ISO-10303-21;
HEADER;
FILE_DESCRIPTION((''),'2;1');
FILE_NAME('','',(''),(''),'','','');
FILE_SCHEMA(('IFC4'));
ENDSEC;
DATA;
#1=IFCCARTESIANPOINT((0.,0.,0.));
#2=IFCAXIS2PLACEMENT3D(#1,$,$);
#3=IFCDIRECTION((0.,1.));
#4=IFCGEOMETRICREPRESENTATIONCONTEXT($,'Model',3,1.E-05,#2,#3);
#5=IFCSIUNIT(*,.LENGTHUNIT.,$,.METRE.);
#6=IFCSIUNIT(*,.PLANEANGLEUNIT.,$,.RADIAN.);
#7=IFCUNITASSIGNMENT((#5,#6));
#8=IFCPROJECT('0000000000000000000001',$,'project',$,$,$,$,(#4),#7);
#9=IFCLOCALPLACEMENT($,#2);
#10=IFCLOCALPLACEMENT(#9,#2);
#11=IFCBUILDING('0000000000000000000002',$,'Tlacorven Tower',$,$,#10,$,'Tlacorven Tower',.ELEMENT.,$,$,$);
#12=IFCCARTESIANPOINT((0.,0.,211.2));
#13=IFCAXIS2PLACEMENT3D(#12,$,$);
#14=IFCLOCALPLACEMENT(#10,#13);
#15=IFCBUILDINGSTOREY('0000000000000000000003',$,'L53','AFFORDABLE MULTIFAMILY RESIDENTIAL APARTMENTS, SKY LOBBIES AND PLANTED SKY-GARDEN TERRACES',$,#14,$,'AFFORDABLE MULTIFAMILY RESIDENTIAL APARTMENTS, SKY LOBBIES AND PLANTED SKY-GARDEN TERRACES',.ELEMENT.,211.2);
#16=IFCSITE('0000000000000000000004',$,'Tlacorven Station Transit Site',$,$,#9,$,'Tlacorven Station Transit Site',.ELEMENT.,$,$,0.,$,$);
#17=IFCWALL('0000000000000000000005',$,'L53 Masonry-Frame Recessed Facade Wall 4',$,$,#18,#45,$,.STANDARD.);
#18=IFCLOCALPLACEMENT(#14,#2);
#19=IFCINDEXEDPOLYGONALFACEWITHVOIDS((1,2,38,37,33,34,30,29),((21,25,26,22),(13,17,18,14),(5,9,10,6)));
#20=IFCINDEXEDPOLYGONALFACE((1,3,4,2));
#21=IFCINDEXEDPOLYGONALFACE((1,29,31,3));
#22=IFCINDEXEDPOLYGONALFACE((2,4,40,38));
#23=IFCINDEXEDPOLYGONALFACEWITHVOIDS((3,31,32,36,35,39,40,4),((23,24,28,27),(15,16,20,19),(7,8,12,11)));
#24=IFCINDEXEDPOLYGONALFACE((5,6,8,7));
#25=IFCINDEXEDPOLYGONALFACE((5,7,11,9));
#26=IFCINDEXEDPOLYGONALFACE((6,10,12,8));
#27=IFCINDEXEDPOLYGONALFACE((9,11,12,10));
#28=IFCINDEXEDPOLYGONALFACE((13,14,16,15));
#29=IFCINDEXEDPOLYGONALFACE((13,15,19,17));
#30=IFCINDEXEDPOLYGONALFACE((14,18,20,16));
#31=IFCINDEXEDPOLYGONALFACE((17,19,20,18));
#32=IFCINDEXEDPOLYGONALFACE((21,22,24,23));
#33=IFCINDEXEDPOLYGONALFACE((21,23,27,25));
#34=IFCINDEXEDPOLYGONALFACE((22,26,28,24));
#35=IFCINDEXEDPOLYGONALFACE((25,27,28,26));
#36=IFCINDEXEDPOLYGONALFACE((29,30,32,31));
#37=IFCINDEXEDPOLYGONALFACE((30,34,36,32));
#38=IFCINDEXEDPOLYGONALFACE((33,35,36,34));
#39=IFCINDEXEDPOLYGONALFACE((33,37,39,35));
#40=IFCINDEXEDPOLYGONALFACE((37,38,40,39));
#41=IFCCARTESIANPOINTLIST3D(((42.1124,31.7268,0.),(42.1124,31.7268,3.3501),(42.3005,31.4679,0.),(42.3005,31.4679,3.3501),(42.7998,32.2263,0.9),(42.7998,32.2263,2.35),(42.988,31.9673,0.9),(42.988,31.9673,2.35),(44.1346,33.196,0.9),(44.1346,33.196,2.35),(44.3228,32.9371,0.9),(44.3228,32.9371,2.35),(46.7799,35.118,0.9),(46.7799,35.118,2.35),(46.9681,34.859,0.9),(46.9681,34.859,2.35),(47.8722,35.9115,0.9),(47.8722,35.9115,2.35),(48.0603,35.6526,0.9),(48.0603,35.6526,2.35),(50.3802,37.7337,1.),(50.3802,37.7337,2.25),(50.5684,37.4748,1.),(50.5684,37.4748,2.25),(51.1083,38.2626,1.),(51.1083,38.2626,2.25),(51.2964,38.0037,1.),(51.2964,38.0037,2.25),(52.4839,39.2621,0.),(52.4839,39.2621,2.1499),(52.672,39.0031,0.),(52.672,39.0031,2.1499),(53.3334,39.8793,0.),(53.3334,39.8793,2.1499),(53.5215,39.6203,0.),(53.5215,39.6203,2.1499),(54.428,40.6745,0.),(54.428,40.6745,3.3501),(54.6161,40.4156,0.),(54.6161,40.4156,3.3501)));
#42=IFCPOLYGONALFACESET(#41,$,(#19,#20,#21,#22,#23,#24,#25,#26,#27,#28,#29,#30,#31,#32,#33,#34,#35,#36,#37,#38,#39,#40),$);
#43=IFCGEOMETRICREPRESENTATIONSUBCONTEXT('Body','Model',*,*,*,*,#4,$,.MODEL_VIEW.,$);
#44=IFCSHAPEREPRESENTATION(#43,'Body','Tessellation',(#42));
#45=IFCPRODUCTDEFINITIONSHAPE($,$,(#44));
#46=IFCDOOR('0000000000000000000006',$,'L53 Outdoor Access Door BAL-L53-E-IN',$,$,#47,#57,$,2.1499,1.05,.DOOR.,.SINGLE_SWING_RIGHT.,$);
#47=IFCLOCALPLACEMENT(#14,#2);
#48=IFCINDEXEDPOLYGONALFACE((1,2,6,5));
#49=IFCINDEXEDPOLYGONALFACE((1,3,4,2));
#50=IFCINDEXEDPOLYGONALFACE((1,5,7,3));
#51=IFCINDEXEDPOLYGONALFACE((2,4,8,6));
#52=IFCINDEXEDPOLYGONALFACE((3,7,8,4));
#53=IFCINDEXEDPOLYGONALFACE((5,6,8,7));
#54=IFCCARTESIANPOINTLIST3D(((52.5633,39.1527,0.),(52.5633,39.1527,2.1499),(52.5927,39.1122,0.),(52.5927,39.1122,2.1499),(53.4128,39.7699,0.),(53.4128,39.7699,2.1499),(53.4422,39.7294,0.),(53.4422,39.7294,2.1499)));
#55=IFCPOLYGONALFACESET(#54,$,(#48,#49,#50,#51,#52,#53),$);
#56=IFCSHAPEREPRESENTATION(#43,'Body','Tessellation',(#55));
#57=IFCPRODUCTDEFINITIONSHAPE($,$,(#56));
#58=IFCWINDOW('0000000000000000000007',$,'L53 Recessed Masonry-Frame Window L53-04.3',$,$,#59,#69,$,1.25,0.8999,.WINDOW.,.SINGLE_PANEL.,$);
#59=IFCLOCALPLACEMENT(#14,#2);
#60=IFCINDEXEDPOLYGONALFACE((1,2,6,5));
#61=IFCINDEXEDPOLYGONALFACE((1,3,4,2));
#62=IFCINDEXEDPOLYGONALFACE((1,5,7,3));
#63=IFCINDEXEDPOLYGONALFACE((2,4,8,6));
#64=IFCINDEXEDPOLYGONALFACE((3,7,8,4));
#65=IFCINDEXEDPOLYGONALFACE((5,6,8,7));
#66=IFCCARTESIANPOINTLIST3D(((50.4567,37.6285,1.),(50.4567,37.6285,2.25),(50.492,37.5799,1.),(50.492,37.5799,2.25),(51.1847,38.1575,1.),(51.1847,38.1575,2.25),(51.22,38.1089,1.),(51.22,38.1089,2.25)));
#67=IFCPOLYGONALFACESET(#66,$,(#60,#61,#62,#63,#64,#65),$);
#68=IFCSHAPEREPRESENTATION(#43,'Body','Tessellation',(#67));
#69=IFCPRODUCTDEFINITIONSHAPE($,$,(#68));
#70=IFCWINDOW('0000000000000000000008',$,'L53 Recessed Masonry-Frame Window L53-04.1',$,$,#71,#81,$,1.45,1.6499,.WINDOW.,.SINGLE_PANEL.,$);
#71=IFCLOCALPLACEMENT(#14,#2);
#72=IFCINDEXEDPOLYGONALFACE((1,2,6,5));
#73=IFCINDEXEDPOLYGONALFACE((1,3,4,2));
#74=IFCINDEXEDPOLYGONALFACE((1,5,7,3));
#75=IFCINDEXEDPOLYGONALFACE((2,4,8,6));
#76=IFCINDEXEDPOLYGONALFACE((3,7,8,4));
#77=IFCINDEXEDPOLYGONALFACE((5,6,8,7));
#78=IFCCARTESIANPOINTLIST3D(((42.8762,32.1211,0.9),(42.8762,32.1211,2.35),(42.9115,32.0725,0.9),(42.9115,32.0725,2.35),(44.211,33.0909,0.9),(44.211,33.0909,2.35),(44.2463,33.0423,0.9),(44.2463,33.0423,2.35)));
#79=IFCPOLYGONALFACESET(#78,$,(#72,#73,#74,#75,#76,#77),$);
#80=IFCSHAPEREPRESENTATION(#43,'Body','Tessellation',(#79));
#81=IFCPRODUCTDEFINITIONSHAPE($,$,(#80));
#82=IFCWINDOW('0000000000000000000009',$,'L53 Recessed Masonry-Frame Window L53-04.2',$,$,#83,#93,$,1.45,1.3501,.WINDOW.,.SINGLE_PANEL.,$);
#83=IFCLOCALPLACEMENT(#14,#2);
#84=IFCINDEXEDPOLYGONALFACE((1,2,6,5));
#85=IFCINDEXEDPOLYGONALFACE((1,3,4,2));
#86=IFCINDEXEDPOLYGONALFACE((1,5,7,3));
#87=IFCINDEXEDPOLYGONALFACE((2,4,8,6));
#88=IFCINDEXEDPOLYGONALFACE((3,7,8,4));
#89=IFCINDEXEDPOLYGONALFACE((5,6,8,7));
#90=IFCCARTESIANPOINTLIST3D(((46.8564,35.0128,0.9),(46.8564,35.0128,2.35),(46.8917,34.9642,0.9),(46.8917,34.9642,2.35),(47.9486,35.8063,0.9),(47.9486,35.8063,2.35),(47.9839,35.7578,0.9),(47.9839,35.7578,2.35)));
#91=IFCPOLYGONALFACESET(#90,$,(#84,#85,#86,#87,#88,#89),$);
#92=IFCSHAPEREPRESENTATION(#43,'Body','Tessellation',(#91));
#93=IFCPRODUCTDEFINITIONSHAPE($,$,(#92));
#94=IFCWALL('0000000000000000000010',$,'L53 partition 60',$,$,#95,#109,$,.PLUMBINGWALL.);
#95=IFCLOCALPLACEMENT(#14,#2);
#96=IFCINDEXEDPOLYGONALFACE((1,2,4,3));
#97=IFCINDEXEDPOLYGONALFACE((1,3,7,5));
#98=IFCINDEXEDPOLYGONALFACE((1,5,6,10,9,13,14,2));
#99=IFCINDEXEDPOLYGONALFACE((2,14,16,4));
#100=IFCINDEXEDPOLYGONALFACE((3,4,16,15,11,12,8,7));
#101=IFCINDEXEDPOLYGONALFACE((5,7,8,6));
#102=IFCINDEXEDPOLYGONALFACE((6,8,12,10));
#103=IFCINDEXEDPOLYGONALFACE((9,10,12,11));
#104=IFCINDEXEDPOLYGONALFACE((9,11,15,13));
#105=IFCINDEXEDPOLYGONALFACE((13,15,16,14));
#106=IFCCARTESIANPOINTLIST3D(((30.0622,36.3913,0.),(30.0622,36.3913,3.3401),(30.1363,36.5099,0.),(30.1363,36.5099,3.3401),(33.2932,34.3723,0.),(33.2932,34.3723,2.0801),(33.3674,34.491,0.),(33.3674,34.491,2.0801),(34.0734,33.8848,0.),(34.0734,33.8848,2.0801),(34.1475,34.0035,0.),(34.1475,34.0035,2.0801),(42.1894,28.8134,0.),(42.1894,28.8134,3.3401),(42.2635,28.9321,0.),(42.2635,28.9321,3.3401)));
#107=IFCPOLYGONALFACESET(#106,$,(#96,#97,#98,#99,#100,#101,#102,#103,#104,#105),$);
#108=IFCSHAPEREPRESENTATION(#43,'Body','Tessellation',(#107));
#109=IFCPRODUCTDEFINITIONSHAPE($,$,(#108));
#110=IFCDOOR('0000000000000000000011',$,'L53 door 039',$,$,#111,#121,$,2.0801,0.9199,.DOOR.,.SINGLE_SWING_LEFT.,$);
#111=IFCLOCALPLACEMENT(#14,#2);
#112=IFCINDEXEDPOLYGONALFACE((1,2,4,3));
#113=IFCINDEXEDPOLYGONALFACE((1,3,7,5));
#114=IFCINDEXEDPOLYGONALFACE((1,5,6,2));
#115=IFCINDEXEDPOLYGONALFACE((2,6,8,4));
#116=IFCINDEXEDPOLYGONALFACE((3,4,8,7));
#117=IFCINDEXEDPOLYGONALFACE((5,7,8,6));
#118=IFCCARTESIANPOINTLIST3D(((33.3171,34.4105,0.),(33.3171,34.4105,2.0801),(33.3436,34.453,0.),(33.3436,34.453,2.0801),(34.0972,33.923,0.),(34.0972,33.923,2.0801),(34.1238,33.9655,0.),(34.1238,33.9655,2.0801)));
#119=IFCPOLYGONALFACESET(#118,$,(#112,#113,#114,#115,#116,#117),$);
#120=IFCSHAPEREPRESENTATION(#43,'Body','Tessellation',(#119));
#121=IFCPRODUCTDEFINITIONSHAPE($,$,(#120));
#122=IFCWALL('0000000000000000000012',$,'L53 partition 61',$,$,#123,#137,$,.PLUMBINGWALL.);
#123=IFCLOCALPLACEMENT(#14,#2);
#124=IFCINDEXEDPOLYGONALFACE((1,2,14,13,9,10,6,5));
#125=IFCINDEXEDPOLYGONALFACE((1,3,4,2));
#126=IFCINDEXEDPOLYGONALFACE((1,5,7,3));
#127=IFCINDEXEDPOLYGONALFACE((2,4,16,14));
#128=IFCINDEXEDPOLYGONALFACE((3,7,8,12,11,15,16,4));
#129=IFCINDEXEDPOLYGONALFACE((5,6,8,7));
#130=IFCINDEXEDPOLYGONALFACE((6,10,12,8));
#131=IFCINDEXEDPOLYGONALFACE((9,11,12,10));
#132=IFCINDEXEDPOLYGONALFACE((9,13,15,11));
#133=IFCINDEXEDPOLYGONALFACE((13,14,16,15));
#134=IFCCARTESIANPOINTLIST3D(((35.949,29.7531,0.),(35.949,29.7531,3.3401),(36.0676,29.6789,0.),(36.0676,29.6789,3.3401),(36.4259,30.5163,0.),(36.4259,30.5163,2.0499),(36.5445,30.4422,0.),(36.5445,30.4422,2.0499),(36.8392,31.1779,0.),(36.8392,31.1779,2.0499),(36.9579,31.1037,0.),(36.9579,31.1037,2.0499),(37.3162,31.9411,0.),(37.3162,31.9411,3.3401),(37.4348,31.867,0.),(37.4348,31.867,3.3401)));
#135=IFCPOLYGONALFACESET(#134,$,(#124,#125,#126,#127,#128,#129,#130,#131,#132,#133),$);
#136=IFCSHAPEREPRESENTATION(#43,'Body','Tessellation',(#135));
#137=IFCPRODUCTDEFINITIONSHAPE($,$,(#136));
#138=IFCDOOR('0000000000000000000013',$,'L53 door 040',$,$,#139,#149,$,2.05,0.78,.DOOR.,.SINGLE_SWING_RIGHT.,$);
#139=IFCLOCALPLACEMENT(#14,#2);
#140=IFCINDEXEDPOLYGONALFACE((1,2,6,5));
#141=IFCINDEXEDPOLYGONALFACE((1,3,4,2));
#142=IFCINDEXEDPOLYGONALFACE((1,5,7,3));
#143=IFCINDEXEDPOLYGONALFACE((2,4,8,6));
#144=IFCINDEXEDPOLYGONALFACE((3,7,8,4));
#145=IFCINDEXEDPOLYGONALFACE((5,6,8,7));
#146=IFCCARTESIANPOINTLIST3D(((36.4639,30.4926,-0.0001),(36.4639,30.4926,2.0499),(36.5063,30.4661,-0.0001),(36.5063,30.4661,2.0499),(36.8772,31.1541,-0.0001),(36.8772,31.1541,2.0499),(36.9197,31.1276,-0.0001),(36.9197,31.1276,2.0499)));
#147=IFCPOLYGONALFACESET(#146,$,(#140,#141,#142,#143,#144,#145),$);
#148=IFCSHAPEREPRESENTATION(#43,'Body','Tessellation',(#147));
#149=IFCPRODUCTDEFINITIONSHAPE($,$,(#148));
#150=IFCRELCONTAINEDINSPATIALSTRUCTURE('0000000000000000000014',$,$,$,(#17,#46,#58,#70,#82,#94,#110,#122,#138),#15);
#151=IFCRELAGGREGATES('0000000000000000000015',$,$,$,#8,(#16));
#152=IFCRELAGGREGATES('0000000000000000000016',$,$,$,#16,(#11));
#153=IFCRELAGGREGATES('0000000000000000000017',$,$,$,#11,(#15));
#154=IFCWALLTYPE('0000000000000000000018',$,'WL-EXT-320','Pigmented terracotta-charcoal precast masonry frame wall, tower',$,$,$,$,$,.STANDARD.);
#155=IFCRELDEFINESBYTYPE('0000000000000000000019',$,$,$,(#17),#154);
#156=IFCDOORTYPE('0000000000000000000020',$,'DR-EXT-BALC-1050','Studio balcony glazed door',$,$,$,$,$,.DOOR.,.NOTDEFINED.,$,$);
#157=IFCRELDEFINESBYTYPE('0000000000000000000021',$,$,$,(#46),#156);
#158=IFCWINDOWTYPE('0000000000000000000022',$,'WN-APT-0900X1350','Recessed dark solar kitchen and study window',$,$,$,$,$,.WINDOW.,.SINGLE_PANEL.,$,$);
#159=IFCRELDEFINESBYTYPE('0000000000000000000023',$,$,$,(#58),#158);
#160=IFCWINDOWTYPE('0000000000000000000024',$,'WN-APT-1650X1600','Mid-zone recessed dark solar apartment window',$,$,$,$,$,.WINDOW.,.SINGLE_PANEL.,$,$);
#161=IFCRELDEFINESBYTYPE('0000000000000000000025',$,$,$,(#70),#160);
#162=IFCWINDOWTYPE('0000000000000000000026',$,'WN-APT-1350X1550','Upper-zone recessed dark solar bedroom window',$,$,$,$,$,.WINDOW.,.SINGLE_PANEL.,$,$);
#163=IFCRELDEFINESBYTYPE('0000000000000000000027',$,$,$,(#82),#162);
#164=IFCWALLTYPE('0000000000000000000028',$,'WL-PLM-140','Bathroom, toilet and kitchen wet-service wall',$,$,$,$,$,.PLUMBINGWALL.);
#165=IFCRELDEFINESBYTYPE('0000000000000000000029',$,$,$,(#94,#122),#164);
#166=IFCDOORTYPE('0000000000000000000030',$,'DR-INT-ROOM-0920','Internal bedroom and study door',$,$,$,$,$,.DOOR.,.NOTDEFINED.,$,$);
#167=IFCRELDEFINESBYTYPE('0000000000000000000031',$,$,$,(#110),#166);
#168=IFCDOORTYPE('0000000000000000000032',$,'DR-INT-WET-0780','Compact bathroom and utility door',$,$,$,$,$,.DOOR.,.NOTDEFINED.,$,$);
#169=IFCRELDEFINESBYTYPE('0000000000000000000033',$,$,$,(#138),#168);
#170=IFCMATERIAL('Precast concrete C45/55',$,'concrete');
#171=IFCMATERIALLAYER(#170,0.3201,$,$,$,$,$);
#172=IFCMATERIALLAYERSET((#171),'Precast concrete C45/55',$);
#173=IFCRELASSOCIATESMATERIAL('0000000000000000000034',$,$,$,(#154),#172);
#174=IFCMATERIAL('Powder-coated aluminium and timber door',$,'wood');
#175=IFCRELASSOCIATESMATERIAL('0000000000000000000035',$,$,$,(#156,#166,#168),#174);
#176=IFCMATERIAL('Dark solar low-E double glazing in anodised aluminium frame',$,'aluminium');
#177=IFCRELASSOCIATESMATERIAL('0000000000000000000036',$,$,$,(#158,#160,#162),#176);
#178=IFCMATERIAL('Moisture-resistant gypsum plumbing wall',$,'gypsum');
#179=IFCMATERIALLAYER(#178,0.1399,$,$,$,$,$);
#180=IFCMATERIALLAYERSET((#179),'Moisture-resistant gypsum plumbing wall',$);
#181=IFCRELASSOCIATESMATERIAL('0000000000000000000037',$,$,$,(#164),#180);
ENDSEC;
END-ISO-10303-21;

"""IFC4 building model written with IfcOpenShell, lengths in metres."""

from ifc_helpers import new_model, si_unit, direction, frame, frame_2d, origin, place, context, subcontext, project, spatial, rectangle, extrude, source, transform, mapped, material, layer, layer_set, type_object, element, fill, save


model = new_model("IFC4")

# Units and contexts
model_context = context("Model", 3, precision=1e-05, world=origin(), true_north=direction((0.0, 1.0)))
body_context = subcontext(model_context, "Body", "Model", "MODEL_VIEW")
ifc_project = project(units=[si_unit("LENGTHUNIT", "METRE"), si_unit("PLANEANGLEUNIT", "RADIAN")], contexts=[model_context])

# Site, building, storey
site_placement = place(None, origin())
site = spatial("IfcSite", under=ifc_project, at=site_placement, Name="Tlacorven Station Transit Site", LongName="Tlacorven Station Transit Site", CompositionType="ELEMENT", RefElevation=0.0)
building_placement = place(site_placement, origin())
building = spatial("IfcBuilding", under=site, at=building_placement, Name="Tlacorven Tower", LongName="Tlacorven Tower", CompositionType="ELEMENT")
storey_placement = place(building_placement, frame((0.0, 0.0, 211.2)))
storey = spatial("IfcBuildingStorey", under=building, at=storey_placement, Name="L53", Description="AFFORDABLE MULTIFAMILY RESIDENTIAL APARTMENTS, SKY LOBBIES AND PLANTED SKY-GARDEN TERRACES", LongName="AFFORDABLE MULTIFAMILY RESIDENTIAL APARTMENTS, SKY LOBBIES AND PLANTED SKY-GARDEN TERRACES", CompositionType="ELEMENT", Elevation=211.2)

# Wall, openings, door, windows
ifc_material_1 = material(Name="Precast concrete C45/55", Category="concrete")
ifc_layer_1 = layer(ifc_material_1, 0.3201)
ifc_layer_set_1 = layer_set([ifc_layer_1], Name="Precast concrete C45/55")
wall_type_1 = type_object("IfcWallType", Name="WL-EXT-320", Description="Pigmented terracotta-charcoal precast masonry frame wall, tower", PredefinedType="STANDARD", material=ifc_layer_set_1)
wall_1_placement = place(storey_placement, frame((42.2065, 31.5974, 0.0), z_axis=(0.0, 0.0, 1.0), x_axis=(0.80902, 0.587781, 0.0)))
wall_1 = element("IfcWall", 1, at=wall_1_placement, inside=storey, type_object=wall_type_1, Name="L53 Masonry-Frame Recessed Facade Wall 4", PredefinedType="STANDARD", context=body_context, shape_type="SweptSolid", body=[
    extrude(rectangle(XDim=15.2229, YDim=0.3201, at=frame_2d((7.6113, 0.0))), origin(), (0.0, 0.0, 1.0), 3.3501),
])
opening_1_placement = place(wall_1_placement, frame((12.8198, 0.0, 0.0)))
opening_1 = element("IfcOpeningElement", 2, at=opening_1_placement, cuts=wall_1, PredefinedType="OPENING", context=body_context, shape_type="SweptSolid", body=[
    extrude(rectangle(XDim=1.05, YDim=2.1499, at=frame_2d((0.5249, 1.075))), frame((0.0, 0.1699, 0.0), z_axis=(0.0, -1.0, 0.0), x_axis=(1.0, 0.0, 0.0)), (0.0, 0.0, 1.0), 0.3401),
])
opening_2_placement = place(wall_1_placement, frame((0.8496, 0.0, 0.8999)))
opening_2 = element("IfcOpeningElement", 3, at=opening_2_placement, cuts=wall_1, PredefinedType="OPENING", context=body_context, shape_type="SweptSolid", body=[
    extrude(rectangle(XDim=1.6499, YDim=1.45, at=frame_2d((0.825, 0.7251))), frame((0.0, 0.1699, 0.0), z_axis=(0.0, -1.0, 0.0), x_axis=(1.0, 0.0, 0.0)), (0.0, 0.0, 1.0), 0.3401),
])
opening_3_placement = place(wall_1_placement, frame((5.7693, 0.0, 0.8999)))
opening_3 = element("IfcOpeningElement", 4, at=opening_3_placement, cuts=wall_1, PredefinedType="OPENING", context=body_context, shape_type="SweptSolid", body=[
    extrude(rectangle(XDim=1.3501, YDim=1.45, at=frame_2d((0.675, 0.7251))), frame((0.0, 0.1699, 0.0), z_axis=(0.0, -1.0, 0.0), x_axis=(1.0, 0.0, 0.0)), (0.0, 0.0, 1.0), 0.3401),
])
opening_4_placement = place(wall_1_placement, frame((10.2195, 0.0, 1.0)))
opening_4 = element("IfcOpeningElement", 5, at=opening_4_placement, cuts=wall_1, PredefinedType="OPENING", context=body_context, shape_type="SweptSolid", body=[
    extrude(rectangle(XDim=0.8999, YDim=1.25, at=frame_2d((0.45, 0.625))), frame((0.0, 0.1699, 0.0), z_axis=(0.0, -1.0, 0.0), x_axis=(1.0, 0.0, 0.0)), (0.0, 0.0, 1.0), 0.3401),
])
ifc_material_2 = material(Name="Powder-coated aluminium and timber door", Category="wood")
door_type_1 = type_object("IfcDoorType", Name="DR-EXT-BALC-1050", Description="Studio balcony glazed door", OperationType="NOTDEFINED", PredefinedType="DOOR", material=ifc_material_2)
shared_shape_1 = source(origin(), body_context, "Body", "SweptSolid", [
    extrude(rectangle(XDim=1.05, YDim=2.1499, at=frame_2d((0.5249, 1.075))), frame((0.0, 0.0249, 0.0), z_axis=(0.0, -1.0, 0.0), x_axis=(1.0, 0.0, 0.0)), (0.0, 0.0, 1.0), 0.05),
])
door_1_placement = place(opening_1_placement, origin())
door_1 = element("IfcDoor", 6, at=door_1_placement, inside=storey, type_object=door_type_1, Name="L53 Outdoor Access Door BAL-L53-E-IN", OperationType="SINGLE_SWING_RIGHT", OverallHeight=2.1499, OverallWidth=1.05, PredefinedType="DOOR", context=body_context, shape_type="MappedRepresentation", body=[
    mapped(shared_shape_1, transform((0.0, 0.0, 0.0), scale=1.0)),
])
fill(opening_1, door_1)
ifc_material_3 = material(Name="Dark solar low-E double glazing in anodised aluminium frame", Category="aluminium")
window_type_1 = type_object("IfcWindowType", Name="WN-APT-0900X1350", Description="Recessed dark solar kitchen and study window", PartitioningType="SINGLE_PANEL", PredefinedType="WINDOW", material=ifc_material_3)
shared_shape_2 = source(origin(), body_context, "Body", "SweptSolid", [
    extrude(rectangle(XDim=0.8999, YDim=1.25, at=frame_2d((0.45, 0.625))), frame((0.0, 0.03, 0.0), z_axis=(0.0, -1.0, 0.0), x_axis=(1.0, 0.0, 0.0)), (0.0, 0.0, 1.0), 0.0601),
])
window_1_placement = place(opening_4_placement, origin())
window_1 = element("IfcWindow", 7, at=window_1_placement, inside=storey, type_object=window_type_1, Name="L53 Recessed Masonry-Frame Window L53-04.3", OverallHeight=1.25, OverallWidth=0.8999, PartitioningType="SINGLE_PANEL", PredefinedType="WINDOW", context=body_context, shape_type="MappedRepresentation", body=[
    mapped(shared_shape_2, transform((0.0, 0.0, 0.0), scale=1.0)),
])
fill(opening_4, window_1)
window_type_2 = type_object("IfcWindowType", Name="WN-APT-1650X1600", Description="Mid-zone recessed dark solar apartment window", PartitioningType="SINGLE_PANEL", PredefinedType="WINDOW", material=ifc_material_3)
shared_shape_3 = source(origin(), body_context, "Body", "SweptSolid", [
    extrude(rectangle(XDim=1.6499, YDim=1.45, at=frame_2d((0.825, 0.7251))), frame((0.0, 0.03, 0.0), z_axis=(0.0, -1.0, 0.0), x_axis=(1.0, 0.0, 0.0)), (0.0, 0.0, 1.0), 0.0601),
])
window_2_placement = place(opening_2_placement, origin())
window_2 = element("IfcWindow", 8, at=window_2_placement, inside=storey, type_object=window_type_2, Name="L53 Recessed Masonry-Frame Window L53-04.1", OverallHeight=1.45, OverallWidth=1.6499, PartitioningType="SINGLE_PANEL", PredefinedType="WINDOW", context=body_context, shape_type="MappedRepresentation", body=[
    mapped(shared_shape_3, transform((0.0, 0.0, 0.0), scale=1.0)),
])
fill(opening_2, window_2)
window_type_3 = type_object("IfcWindowType", Name="WN-APT-1350X1550", Description="Upper-zone recessed dark solar bedroom window", PartitioningType="SINGLE_PANEL", PredefinedType="WINDOW", material=ifc_material_3)
shared_shape_4 = source(origin(), body_context, "Body", "SweptSolid", [
    extrude(rectangle(XDim=1.3501, YDim=1.45, at=frame_2d((0.675, 0.7251))), frame((0.0, 0.03, 0.0), z_axis=(0.0, -1.0, 0.0), x_axis=(1.0, 0.0, 0.0)), (0.0, 0.0, 1.0), 0.0601),
])
window_3_placement = place(opening_3_placement, origin())
window_3 = element("IfcWindow", 9, at=window_3_placement, inside=storey, type_object=window_type_3, Name="L53 Recessed Masonry-Frame Window L53-04.2", OverallHeight=1.45, OverallWidth=1.3501, PartitioningType="SINGLE_PANEL", PredefinedType="WINDOW", context=body_context, shape_type="MappedRepresentation", body=[
    mapped(shared_shape_4, transform((0.0, 0.0, 0.0), scale=1.0)),
])
fill(opening_3, window_3)

# Walls, openings, doors
ifc_material_4 = material(Name="Moisture-resistant gypsum plumbing wall", Category="gypsum")
ifc_layer_2 = layer(ifc_material_4, 0.1399)
ifc_layer_set_2 = layer_set([ifc_layer_2], Name="Moisture-resistant gypsum plumbing wall")
wall_type_2 = type_object("IfcWallType", Name="WL-PLM-140", Description="Bathroom, toilet and kitchen wet-service wall", PredefinedType="PLUMBINGWALL", material=ifc_layer_set_2)
wall_2_placement = place(storey_placement, frame((42.2263, 28.8728, 0.0), z_axis=(0.0, 0.0, 1.0), x_axis=(-0.848049, 0.529918, 0.0)))
wall_2 = element("IfcWall", 10, at=wall_2_placement, inside=storey, type_object=wall_type_2, Name="L53 partition 60", PredefinedType="PLUMBINGWALL", context=body_context, shape_type="SweptSolid", body=[
    extrude(rectangle(XDim=14.3, YDim=0.1399, at=frame_2d((7.1499, 0.0))), origin(), (0.0, 0.0, 1.0), 3.3401),
])
opening_5_placement = place(wall_2_placement, frame((9.5701, 0.0, 0.0)))
opening_5 = element("IfcOpeningElement", 11, at=opening_5_placement, cuts=wall_2, PredefinedType="OPENING", context=body_context, shape_type="SweptSolid", body=[
    extrude(rectangle(XDim=0.9199, YDim=2.0801, at=frame_2d((0.46, 1.04))), frame((0.0, 0.0801, 0.0), z_axis=(0.0, -1.0, 0.0), x_axis=(1.0, 0.0, 0.0)), (0.0, 0.0, 1.0), 0.1599),
])
door_type_2 = type_object("IfcDoorType", Name="DR-INT-ROOM-0920", Description="Internal bedroom and study door", OperationType="NOTDEFINED", PredefinedType="DOOR", material=ifc_material_2)
shared_shape_5 = source(origin(), body_context, "Body", "SweptSolid", [
    extrude(rectangle(XDim=0.9199, YDim=2.0801, at=frame_2d((0.46, 1.04))), frame((0.0, 0.0249, 0.0), z_axis=(0.0, -1.0, 0.0), x_axis=(1.0, 0.0, 0.0)), (0.0, 0.0, 1.0), 0.05),
])
door_2_placement = place(opening_5_placement, origin())
door_2 = element("IfcDoor", 12, at=door_2_placement, inside=storey, type_object=door_type_2, Name="L53 door 039", OperationType="SINGLE_SWING_LEFT", OverallHeight=2.0801, OverallWidth=0.9199, PredefinedType="DOOR", context=body_context, shape_type="MappedRepresentation", body=[
    mapped(shared_shape_5, transform((0.0, 0.0, 0.0), scale=1.0)),
])
fill(opening_5, door_2)
wall_3_placement = place(storey_placement, frame((37.3755, 31.9041, 0.0), z_axis=(0.0, 0.0, 1.0), x_axis=(-0.529914, -0.848051, 0.0)))
wall_3 = element("IfcWall", 13, at=wall_3_placement, inside=storey, type_object=wall_type_2, Name="L53 partition 61", PredefinedType="PLUMBINGWALL", context=body_context, shape_type="SweptSolid", body=[
    extrude(rectangle(XDim=2.5801, YDim=0.1399, at=frame_2d((1.29, 0.0))), origin(), (0.0, 0.0, 1.0), 3.3401),
])
opening_6_placement = place(wall_3_placement, frame((0.8999, 0.0, 0.0)))
opening_6 = element("IfcOpeningElement", 14, at=opening_6_placement, cuts=wall_3, PredefinedType="OPENING", context=body_context, shape_type="SweptSolid", body=[
    extrude(rectangle(XDim=0.78, YDim=2.05, at=frame_2d((0.3901, 1.0249))), frame((0.0, 0.0801, 0.0), z_axis=(0.0, -1.0, 0.0), x_axis=(1.0, 0.0, 0.0)), (0.0, 0.0, 1.0), 0.1599),
])
door_type_3 = type_object("IfcDoorType", Name="DR-INT-WET-0780", Description="Compact bathroom and utility door", OperationType="NOTDEFINED", PredefinedType="DOOR", material=ifc_material_2)
shared_shape_6 = source(origin(), body_context, "Body", "SweptSolid", [
    extrude(rectangle(XDim=0.78, YDim=2.05, at=frame_2d((0.3901, 1.0249))), frame((0.0, 0.0249, 0.0), z_axis=(0.0, -1.0, 0.0), x_axis=(1.0, 0.0, 0.0)), (0.0, 0.0, 1.0), 0.05),
])
door_3_placement = place(opening_6_placement, origin())
door_3 = element("IfcDoor", 15, at=door_3_placement, inside=storey, type_object=door_type_3, Name="L53 door 040", OperationType="SINGLE_SWING_RIGHT", OverallHeight=2.05, OverallWidth=0.78, PredefinedType="DOOR", context=body_context, shape_type="MappedRepresentation", body=[
    mapped(shared_shape_6, transform((0.0, 0.0, 0.0), scale=1.0)),
])
fill(opening_6, door_3)

save(model, "model.ifc")
